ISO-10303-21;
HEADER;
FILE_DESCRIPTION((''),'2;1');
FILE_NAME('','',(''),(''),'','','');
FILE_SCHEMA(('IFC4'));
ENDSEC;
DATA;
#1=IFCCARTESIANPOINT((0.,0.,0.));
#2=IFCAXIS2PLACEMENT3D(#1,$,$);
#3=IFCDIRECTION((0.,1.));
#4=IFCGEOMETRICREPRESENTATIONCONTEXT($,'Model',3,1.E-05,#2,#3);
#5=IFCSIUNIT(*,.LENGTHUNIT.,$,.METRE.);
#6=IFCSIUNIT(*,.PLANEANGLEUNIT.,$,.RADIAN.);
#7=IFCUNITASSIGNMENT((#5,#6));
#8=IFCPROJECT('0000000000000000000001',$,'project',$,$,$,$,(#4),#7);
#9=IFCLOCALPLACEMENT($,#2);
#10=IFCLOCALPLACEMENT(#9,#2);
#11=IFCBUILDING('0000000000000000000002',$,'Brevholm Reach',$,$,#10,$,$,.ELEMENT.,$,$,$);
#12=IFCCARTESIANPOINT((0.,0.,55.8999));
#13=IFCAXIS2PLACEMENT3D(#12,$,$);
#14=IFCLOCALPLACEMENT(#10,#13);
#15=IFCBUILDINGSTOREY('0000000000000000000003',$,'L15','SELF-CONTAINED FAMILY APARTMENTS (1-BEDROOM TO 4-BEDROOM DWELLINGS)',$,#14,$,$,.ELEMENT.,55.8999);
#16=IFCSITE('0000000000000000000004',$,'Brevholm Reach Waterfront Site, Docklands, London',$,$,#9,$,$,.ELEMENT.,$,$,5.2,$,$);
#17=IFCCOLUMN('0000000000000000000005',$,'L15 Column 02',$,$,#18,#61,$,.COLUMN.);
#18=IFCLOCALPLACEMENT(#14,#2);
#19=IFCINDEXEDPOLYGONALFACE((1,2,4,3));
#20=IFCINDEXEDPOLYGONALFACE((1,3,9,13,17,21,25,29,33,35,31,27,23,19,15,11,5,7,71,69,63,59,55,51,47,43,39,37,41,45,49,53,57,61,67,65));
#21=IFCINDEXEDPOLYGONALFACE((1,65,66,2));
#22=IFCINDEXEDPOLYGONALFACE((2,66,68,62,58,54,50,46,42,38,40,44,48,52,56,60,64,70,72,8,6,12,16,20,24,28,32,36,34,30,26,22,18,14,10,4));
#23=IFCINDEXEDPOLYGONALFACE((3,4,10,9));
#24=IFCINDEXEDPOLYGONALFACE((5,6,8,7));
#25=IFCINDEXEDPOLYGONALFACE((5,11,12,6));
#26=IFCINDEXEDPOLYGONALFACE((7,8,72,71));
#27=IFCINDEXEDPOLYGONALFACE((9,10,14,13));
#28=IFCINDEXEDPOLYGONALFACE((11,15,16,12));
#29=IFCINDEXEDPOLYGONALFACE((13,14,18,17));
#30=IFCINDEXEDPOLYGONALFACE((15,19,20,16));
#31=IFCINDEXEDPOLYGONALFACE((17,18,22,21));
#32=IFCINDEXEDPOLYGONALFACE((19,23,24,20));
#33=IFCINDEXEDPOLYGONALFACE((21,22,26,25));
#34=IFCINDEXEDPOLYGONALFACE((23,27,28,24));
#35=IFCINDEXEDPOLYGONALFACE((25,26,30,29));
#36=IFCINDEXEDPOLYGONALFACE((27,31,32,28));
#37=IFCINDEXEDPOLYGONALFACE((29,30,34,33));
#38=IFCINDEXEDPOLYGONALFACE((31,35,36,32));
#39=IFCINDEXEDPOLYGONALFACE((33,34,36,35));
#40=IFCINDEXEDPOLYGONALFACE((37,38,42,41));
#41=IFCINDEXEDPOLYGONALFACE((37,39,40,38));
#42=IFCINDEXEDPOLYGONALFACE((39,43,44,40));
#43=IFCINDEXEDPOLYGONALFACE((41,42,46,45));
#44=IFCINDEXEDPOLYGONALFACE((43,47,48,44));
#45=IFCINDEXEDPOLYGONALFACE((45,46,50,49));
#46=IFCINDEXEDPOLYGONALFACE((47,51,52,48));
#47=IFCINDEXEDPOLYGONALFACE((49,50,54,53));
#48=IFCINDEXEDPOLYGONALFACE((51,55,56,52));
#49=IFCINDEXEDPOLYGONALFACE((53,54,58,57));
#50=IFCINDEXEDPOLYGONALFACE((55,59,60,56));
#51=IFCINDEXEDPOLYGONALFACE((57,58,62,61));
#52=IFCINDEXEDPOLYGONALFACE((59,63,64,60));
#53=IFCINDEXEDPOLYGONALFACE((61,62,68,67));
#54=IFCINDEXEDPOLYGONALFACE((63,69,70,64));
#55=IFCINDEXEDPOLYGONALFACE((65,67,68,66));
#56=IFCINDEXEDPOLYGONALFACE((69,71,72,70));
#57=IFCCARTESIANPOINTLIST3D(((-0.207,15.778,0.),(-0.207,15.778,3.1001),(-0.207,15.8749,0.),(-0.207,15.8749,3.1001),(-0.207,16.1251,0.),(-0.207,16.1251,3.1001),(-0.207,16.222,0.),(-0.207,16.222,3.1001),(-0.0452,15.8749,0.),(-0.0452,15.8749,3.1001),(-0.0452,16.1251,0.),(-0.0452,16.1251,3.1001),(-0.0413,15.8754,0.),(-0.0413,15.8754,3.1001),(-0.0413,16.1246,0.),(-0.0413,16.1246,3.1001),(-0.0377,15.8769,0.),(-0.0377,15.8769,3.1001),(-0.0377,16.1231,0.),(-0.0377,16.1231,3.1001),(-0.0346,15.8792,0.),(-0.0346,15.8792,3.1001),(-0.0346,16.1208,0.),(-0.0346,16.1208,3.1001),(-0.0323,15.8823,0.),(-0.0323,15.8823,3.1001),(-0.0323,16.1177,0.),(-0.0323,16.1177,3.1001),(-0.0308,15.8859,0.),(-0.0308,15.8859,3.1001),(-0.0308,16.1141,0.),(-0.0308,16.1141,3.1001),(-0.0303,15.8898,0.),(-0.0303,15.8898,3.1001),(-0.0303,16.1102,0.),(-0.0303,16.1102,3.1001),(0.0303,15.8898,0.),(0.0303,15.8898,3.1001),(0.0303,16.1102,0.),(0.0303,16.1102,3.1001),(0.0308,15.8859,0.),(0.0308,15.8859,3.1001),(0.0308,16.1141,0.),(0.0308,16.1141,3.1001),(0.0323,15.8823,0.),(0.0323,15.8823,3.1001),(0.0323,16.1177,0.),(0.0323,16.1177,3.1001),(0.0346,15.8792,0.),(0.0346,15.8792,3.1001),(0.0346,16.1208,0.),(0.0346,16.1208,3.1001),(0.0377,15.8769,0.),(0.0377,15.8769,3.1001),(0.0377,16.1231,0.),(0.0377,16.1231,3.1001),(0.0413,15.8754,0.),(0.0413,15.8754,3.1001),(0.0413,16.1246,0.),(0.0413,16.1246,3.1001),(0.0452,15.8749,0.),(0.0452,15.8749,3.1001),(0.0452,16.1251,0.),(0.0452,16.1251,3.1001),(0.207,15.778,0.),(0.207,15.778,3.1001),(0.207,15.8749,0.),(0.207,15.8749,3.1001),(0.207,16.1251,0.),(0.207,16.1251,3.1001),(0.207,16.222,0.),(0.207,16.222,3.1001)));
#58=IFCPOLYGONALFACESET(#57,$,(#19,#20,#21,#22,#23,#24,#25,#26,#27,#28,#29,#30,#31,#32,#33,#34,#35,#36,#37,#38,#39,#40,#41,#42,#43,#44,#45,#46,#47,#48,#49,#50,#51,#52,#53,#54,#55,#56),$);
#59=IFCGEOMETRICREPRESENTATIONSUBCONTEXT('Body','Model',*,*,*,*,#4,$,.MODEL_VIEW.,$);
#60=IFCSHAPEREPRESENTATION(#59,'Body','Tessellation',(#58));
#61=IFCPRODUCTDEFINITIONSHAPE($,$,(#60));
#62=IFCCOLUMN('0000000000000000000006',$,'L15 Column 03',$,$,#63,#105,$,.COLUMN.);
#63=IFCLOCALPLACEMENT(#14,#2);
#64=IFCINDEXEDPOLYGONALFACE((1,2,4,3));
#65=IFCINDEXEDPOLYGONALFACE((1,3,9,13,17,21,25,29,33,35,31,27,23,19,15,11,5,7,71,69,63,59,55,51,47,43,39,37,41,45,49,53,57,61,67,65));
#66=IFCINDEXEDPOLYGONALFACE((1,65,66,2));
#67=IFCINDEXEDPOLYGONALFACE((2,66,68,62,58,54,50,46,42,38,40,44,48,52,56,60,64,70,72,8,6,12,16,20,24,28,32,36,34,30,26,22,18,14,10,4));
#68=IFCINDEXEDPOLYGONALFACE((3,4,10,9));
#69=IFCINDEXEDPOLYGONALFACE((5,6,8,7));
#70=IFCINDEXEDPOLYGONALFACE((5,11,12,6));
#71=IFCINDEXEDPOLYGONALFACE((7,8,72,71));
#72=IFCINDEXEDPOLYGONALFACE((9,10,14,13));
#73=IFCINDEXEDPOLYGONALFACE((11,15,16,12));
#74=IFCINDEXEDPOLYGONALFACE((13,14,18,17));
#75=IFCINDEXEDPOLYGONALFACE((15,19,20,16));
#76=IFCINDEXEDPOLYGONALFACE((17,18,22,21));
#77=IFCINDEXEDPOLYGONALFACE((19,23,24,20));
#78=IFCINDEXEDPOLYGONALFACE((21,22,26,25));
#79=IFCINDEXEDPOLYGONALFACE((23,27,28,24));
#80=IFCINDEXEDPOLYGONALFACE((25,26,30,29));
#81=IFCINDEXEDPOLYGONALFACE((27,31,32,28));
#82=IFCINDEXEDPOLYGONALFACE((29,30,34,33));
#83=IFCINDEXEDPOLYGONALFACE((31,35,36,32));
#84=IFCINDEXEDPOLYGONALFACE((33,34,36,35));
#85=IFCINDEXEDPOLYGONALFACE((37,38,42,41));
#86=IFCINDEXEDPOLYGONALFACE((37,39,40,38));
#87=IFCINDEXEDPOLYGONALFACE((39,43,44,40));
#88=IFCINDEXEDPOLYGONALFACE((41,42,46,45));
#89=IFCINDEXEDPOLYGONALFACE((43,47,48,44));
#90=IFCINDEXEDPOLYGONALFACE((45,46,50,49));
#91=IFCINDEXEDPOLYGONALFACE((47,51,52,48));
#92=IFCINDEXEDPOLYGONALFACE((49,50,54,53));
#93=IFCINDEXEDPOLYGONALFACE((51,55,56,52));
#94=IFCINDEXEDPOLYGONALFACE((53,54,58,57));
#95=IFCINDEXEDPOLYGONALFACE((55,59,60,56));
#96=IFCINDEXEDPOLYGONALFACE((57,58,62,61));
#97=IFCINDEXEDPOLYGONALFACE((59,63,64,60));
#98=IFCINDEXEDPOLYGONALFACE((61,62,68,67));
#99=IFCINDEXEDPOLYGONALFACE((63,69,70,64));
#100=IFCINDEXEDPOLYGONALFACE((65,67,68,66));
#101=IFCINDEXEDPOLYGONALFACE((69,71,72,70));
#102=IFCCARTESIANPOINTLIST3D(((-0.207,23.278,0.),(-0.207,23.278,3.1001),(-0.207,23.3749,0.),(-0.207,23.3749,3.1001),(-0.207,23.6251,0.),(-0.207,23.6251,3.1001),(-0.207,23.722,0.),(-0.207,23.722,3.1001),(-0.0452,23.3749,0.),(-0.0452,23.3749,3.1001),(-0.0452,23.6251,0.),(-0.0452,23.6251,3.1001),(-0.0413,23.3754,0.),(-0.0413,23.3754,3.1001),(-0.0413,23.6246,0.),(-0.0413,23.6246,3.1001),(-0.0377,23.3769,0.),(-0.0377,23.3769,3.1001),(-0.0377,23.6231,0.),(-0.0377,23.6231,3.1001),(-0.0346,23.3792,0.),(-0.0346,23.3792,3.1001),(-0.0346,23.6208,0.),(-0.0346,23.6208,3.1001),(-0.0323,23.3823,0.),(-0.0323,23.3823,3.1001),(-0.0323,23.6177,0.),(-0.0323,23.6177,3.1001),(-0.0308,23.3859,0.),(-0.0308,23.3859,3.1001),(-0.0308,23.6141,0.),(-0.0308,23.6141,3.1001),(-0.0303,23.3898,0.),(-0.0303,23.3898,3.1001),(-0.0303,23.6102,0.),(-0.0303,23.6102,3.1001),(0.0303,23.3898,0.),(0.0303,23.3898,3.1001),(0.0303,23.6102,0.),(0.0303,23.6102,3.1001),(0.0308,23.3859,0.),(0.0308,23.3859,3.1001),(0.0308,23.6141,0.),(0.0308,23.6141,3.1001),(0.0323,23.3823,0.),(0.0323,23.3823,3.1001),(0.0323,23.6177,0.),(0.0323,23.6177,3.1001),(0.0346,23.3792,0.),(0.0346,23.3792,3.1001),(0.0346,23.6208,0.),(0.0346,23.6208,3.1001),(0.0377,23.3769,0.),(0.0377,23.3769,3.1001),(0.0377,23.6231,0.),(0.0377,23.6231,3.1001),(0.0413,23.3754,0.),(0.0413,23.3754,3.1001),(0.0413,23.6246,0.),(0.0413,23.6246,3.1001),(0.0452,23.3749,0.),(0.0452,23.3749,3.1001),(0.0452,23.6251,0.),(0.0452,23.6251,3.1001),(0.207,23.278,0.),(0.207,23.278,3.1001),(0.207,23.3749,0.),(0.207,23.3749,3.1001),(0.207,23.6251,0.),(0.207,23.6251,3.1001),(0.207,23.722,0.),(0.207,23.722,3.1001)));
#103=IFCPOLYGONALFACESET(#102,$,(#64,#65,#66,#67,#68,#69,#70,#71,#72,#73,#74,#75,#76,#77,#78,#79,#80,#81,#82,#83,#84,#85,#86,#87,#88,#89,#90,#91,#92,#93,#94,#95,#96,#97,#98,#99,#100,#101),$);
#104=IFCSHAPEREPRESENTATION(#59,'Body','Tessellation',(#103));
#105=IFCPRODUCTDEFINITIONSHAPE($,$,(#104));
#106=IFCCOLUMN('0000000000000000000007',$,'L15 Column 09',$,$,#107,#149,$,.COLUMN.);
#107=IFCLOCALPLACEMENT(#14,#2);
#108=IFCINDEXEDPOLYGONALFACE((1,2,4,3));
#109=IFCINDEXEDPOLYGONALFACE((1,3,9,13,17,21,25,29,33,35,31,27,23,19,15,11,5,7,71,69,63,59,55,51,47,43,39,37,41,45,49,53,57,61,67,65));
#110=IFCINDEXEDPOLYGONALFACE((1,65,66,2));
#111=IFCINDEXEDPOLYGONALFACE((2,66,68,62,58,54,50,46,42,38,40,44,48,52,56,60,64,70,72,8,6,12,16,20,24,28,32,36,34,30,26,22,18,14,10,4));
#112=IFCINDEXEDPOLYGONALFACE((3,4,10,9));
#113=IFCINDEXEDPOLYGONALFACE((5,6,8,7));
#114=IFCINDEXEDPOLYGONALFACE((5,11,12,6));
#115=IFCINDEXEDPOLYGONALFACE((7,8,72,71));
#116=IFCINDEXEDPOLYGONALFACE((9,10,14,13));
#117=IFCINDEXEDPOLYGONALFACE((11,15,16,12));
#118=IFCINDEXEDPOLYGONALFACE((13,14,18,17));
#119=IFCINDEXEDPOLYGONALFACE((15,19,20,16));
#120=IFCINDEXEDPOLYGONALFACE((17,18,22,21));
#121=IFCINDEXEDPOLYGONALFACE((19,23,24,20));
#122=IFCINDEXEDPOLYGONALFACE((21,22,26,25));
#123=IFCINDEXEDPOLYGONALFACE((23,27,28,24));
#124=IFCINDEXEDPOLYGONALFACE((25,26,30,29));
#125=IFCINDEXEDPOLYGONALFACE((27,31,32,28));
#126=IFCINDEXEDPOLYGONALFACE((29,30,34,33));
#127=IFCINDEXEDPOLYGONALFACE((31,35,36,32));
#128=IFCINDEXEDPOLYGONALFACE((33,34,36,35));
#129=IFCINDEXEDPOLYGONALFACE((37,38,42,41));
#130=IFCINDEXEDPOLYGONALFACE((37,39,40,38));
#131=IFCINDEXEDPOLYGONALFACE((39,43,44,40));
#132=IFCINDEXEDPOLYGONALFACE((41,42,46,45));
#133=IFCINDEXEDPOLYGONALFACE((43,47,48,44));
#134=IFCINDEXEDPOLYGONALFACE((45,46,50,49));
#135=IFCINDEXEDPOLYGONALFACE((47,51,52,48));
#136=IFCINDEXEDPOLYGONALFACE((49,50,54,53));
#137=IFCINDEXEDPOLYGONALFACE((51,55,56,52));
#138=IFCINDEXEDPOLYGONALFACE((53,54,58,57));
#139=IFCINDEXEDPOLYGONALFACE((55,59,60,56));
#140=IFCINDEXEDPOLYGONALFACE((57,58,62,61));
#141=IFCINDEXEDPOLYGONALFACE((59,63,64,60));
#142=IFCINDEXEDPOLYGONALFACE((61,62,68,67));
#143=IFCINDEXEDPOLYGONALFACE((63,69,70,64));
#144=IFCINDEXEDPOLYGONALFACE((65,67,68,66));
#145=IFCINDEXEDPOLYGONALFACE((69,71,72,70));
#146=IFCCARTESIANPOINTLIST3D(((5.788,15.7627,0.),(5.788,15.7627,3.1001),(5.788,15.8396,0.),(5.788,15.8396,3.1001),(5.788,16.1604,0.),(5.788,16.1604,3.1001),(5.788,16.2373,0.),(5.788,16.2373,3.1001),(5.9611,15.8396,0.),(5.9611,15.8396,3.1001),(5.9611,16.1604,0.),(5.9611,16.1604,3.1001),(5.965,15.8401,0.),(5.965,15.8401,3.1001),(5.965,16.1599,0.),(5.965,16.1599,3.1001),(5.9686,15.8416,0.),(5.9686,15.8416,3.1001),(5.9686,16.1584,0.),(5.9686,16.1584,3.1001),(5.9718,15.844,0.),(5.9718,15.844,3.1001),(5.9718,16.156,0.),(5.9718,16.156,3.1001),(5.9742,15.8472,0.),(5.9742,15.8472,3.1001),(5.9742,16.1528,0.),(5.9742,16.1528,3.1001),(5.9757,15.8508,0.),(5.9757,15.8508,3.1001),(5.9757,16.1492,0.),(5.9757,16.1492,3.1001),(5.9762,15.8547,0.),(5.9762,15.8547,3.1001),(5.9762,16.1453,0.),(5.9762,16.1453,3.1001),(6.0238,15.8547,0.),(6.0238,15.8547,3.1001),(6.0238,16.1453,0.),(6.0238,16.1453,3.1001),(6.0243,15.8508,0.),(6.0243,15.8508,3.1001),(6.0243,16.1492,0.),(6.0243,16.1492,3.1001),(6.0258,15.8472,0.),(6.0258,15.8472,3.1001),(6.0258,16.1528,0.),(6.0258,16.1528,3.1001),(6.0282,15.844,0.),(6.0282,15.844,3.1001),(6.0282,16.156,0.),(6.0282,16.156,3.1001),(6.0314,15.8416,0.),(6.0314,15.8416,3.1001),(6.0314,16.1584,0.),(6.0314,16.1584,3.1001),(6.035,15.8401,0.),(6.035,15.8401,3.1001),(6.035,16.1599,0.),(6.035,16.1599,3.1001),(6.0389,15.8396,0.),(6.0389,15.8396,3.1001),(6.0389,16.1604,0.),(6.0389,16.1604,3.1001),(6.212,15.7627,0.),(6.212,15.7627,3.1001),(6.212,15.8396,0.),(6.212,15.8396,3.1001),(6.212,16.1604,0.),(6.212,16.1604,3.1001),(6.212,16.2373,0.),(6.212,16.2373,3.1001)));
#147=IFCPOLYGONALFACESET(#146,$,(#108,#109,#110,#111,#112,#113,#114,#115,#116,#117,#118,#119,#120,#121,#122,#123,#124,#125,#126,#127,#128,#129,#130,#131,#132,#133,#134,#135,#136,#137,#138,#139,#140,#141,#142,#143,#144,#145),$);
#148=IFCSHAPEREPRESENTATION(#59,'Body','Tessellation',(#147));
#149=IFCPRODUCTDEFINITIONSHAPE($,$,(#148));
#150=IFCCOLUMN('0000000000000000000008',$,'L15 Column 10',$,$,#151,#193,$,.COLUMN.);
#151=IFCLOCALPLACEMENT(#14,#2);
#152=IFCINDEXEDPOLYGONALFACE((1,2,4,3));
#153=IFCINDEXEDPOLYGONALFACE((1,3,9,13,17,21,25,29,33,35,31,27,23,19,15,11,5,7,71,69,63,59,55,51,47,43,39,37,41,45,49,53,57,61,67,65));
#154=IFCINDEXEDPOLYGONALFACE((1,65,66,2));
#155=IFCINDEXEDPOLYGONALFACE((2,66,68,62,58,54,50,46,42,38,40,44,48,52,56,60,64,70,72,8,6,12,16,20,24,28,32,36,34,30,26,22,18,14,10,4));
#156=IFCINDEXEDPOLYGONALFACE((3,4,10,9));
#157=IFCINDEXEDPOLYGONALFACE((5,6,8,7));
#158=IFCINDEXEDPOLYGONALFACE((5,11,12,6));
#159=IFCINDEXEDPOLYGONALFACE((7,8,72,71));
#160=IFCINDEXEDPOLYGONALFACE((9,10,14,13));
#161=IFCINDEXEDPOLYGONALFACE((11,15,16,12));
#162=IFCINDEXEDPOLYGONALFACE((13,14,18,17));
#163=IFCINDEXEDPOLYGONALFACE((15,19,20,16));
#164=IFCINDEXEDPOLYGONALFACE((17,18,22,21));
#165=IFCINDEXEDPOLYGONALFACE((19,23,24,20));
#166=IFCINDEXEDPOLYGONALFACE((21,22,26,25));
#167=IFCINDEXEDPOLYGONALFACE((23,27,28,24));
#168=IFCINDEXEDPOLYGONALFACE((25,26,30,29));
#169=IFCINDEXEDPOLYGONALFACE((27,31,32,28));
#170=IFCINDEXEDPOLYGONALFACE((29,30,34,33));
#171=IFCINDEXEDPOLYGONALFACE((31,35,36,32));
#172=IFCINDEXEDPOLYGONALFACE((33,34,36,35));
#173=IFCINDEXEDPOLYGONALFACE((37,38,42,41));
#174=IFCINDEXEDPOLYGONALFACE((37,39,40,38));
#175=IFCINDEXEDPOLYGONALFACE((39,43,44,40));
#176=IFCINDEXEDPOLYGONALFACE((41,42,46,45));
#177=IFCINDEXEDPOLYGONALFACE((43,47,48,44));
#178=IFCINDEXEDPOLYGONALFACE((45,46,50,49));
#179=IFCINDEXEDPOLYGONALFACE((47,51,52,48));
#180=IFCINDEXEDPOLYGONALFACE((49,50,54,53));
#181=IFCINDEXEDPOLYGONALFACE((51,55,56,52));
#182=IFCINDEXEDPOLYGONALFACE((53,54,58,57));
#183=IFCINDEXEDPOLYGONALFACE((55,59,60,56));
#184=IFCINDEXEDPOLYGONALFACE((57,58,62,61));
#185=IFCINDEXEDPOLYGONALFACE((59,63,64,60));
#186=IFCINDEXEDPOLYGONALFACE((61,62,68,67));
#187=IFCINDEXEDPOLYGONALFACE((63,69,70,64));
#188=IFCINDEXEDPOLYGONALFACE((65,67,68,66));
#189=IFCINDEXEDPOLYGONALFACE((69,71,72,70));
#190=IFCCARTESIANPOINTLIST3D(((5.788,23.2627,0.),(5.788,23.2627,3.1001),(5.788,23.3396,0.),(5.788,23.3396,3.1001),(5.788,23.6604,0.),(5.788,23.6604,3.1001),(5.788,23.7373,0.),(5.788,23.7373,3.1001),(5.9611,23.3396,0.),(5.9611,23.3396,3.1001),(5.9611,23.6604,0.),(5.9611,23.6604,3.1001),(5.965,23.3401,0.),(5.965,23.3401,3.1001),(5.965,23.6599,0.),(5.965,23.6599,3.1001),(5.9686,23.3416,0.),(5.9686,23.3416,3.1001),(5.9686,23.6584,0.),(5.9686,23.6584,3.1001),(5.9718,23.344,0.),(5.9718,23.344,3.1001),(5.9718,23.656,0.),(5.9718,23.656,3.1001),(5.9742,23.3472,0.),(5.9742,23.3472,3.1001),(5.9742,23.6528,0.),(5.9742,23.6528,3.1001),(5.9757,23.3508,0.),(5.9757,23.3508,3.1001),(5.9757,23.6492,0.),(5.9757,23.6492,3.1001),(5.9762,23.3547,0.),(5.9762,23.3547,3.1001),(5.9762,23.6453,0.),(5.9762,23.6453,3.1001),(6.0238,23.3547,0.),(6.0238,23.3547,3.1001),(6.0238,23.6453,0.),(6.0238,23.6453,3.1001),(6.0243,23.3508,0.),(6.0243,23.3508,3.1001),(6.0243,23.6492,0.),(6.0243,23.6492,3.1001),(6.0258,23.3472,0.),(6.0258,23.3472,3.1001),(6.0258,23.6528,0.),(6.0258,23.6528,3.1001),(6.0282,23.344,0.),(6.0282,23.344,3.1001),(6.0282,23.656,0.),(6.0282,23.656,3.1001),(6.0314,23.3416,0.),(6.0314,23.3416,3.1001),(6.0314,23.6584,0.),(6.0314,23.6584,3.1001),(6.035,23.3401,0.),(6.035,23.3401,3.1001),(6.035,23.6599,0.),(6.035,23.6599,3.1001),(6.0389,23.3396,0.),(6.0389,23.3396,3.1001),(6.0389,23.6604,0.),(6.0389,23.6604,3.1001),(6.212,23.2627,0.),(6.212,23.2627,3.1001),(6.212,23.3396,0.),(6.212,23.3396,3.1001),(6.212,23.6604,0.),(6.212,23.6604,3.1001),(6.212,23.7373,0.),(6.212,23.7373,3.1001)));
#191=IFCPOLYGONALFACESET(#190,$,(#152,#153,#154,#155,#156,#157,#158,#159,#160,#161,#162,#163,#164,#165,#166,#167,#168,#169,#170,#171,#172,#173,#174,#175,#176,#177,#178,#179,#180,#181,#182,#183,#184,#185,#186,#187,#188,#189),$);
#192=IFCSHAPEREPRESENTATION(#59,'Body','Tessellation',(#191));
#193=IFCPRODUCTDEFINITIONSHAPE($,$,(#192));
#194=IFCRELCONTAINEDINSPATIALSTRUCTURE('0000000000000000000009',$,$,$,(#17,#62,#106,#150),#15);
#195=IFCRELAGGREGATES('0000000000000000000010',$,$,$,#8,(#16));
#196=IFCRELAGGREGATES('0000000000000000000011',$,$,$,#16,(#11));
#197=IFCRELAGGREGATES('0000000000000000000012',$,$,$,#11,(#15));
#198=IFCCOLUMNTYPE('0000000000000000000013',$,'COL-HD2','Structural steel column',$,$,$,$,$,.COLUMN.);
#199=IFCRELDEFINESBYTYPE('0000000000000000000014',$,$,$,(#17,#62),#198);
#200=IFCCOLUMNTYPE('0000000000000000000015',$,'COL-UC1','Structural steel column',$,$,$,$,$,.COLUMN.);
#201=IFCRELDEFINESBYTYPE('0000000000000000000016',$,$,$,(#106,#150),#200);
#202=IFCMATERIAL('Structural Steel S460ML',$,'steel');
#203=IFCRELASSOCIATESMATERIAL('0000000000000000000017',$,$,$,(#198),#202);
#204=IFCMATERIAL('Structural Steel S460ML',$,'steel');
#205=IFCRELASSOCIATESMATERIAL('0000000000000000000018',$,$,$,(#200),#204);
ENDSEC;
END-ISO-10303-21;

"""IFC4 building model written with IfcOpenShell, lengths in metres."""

from ifc_helpers import new_model, si_unit, direction, frame, origin, origin_2d, place, context, subcontext, project, spatial, i_section, extrude, material, material_profile, profile_set, type_object, element, save


model = new_model("IFC4")

# Units and contexts
model_context = context("Model", 3, precision=1e-05, world=origin(), true_north=direction((0.0, 1.0)))
body_context = subcontext(model_context, "Body", "Model", "MODEL_VIEW")
ifc_project = project(units=[si_unit("LENGTHUNIT", "METRE"), si_unit("PLANEANGLEUNIT", "RADIAN")], contexts=[model_context])

# Site, building, storey
site_placement = place(None, origin())
site = spatial("IfcSite", under=ifc_project, at=site_placement, Name="Brevholm Reach Waterfront Site, Docklands, London", CompositionType="ELEMENT", RefElevation=5.2)
building_placement = place(site_placement, origin())
building = spatial("IfcBuilding", under=site, at=building_placement, Name="Brevholm Reach", CompositionType="ELEMENT")
storey_placement = place(building_placement, frame((0.0, 0.0, 55.8999)))
storey = spatial("IfcBuildingStorey", under=building, at=storey_placement, Name="L15", Description="SELF-CONTAINED FAMILY APARTMENTS (1-BEDROOM TO 4-BEDROOM DWELLINGS)", CompositionType="ELEMENT", Elevation=55.8999)

# Columns
ifc_material_1 = material(Name="Structural Steel S460ML", Category="steel")
ifc_material_profile_1 = material_profile(ifc_material_1, i_section(OverallWidth=0.4141, OverallDepth=0.4441, WebThickness=0.0605, FlangeThickness=0.0969, FilletRadius=0.0149, at=origin_2d()), Name="HD 400x818")
ifc_profile_set_1 = profile_set([ifc_material_profile_1], Name="Structural Steel S460ML")
column_type_1 = type_object("IfcColumnType", Name="COL-HD2", Description="Structural steel column", PredefinedType="COLUMN", material=ifc_profile_set_1)
for number, where, z_axis, x_axis, name in (
    (1, (0.0, 16.0, 0.0), (0.0, 0.0, 1.0), (1.0, 0.0, 0.0), "L15 Column 02"),
    (2, (0.0, 23.5, 0.0), (0.0, 0.0, 1.0), (1.0, 0.0, 0.0), "L15 Column 03"),
):
    element("IfcColumn", number, at=place(storey_placement, frame(where, z_axis=z_axis, x_axis=x_axis)), inside=storey, type_object=column_type_1, Name=name, PredefinedType="COLUMN", context=body_context, shape_type="SweptSolid", body=[
        extrude(i_section(OverallWidth=0.4141, OverallDepth=0.4441, WebThickness=0.0605, FlangeThickness=0.0969, FilletRadius=0.0149, at=origin_2d()), origin(), (0.0, 0.0, 1.0), 3.1001),
    ])
ifc_material_2 = material(Name="Structural Steel S460ML", Category="steel")
ifc_material_profile_2 = material_profile(ifc_material_2, i_section(OverallWidth=0.4241, OverallDepth=0.4746, WebThickness=0.0476, FlangeThickness=0.0769, FilletRadius=0.0151, at=origin_2d()), Name="UKC 356x406x634")
ifc_profile_set_2 = profile_set([ifc_material_profile_2], Name="Structural Steel S460ML")
column_type_2 = type_object("IfcColumnType", Name="COL-UC1", Description="Structural steel column", PredefinedType="COLUMN", material=ifc_profile_set_2)
for number, where, z_axis, x_axis, name in (
    (3, (6.0, 16.0, 0.0), (0.0, 0.0, 1.0), (1.0, 0.0, 0.0), "L15 Column 09"),
    (4, (6.0, 23.5, 0.0), (0.0, 0.0, 1.0), (1.0, 0.0, 0.0), "L15 Column 10"),
):
    element("IfcColumn", number, at=place(storey_placement, frame(where, z_axis=z_axis, x_axis=x_axis)), inside=storey, type_object=column_type_2, Name=name, PredefinedType="COLUMN", context=body_context, shape_type="SweptSolid", body=[
        extrude(i_section(OverallWidth=0.4241, OverallDepth=0.4746, WebThickness=0.0476, FlangeThickness=0.0769, FilletRadius=0.0151, at=origin_2d()), origin(), (0.0, 0.0, 1.0), 3.1001),
    ])

save(model, "model.ifc")
